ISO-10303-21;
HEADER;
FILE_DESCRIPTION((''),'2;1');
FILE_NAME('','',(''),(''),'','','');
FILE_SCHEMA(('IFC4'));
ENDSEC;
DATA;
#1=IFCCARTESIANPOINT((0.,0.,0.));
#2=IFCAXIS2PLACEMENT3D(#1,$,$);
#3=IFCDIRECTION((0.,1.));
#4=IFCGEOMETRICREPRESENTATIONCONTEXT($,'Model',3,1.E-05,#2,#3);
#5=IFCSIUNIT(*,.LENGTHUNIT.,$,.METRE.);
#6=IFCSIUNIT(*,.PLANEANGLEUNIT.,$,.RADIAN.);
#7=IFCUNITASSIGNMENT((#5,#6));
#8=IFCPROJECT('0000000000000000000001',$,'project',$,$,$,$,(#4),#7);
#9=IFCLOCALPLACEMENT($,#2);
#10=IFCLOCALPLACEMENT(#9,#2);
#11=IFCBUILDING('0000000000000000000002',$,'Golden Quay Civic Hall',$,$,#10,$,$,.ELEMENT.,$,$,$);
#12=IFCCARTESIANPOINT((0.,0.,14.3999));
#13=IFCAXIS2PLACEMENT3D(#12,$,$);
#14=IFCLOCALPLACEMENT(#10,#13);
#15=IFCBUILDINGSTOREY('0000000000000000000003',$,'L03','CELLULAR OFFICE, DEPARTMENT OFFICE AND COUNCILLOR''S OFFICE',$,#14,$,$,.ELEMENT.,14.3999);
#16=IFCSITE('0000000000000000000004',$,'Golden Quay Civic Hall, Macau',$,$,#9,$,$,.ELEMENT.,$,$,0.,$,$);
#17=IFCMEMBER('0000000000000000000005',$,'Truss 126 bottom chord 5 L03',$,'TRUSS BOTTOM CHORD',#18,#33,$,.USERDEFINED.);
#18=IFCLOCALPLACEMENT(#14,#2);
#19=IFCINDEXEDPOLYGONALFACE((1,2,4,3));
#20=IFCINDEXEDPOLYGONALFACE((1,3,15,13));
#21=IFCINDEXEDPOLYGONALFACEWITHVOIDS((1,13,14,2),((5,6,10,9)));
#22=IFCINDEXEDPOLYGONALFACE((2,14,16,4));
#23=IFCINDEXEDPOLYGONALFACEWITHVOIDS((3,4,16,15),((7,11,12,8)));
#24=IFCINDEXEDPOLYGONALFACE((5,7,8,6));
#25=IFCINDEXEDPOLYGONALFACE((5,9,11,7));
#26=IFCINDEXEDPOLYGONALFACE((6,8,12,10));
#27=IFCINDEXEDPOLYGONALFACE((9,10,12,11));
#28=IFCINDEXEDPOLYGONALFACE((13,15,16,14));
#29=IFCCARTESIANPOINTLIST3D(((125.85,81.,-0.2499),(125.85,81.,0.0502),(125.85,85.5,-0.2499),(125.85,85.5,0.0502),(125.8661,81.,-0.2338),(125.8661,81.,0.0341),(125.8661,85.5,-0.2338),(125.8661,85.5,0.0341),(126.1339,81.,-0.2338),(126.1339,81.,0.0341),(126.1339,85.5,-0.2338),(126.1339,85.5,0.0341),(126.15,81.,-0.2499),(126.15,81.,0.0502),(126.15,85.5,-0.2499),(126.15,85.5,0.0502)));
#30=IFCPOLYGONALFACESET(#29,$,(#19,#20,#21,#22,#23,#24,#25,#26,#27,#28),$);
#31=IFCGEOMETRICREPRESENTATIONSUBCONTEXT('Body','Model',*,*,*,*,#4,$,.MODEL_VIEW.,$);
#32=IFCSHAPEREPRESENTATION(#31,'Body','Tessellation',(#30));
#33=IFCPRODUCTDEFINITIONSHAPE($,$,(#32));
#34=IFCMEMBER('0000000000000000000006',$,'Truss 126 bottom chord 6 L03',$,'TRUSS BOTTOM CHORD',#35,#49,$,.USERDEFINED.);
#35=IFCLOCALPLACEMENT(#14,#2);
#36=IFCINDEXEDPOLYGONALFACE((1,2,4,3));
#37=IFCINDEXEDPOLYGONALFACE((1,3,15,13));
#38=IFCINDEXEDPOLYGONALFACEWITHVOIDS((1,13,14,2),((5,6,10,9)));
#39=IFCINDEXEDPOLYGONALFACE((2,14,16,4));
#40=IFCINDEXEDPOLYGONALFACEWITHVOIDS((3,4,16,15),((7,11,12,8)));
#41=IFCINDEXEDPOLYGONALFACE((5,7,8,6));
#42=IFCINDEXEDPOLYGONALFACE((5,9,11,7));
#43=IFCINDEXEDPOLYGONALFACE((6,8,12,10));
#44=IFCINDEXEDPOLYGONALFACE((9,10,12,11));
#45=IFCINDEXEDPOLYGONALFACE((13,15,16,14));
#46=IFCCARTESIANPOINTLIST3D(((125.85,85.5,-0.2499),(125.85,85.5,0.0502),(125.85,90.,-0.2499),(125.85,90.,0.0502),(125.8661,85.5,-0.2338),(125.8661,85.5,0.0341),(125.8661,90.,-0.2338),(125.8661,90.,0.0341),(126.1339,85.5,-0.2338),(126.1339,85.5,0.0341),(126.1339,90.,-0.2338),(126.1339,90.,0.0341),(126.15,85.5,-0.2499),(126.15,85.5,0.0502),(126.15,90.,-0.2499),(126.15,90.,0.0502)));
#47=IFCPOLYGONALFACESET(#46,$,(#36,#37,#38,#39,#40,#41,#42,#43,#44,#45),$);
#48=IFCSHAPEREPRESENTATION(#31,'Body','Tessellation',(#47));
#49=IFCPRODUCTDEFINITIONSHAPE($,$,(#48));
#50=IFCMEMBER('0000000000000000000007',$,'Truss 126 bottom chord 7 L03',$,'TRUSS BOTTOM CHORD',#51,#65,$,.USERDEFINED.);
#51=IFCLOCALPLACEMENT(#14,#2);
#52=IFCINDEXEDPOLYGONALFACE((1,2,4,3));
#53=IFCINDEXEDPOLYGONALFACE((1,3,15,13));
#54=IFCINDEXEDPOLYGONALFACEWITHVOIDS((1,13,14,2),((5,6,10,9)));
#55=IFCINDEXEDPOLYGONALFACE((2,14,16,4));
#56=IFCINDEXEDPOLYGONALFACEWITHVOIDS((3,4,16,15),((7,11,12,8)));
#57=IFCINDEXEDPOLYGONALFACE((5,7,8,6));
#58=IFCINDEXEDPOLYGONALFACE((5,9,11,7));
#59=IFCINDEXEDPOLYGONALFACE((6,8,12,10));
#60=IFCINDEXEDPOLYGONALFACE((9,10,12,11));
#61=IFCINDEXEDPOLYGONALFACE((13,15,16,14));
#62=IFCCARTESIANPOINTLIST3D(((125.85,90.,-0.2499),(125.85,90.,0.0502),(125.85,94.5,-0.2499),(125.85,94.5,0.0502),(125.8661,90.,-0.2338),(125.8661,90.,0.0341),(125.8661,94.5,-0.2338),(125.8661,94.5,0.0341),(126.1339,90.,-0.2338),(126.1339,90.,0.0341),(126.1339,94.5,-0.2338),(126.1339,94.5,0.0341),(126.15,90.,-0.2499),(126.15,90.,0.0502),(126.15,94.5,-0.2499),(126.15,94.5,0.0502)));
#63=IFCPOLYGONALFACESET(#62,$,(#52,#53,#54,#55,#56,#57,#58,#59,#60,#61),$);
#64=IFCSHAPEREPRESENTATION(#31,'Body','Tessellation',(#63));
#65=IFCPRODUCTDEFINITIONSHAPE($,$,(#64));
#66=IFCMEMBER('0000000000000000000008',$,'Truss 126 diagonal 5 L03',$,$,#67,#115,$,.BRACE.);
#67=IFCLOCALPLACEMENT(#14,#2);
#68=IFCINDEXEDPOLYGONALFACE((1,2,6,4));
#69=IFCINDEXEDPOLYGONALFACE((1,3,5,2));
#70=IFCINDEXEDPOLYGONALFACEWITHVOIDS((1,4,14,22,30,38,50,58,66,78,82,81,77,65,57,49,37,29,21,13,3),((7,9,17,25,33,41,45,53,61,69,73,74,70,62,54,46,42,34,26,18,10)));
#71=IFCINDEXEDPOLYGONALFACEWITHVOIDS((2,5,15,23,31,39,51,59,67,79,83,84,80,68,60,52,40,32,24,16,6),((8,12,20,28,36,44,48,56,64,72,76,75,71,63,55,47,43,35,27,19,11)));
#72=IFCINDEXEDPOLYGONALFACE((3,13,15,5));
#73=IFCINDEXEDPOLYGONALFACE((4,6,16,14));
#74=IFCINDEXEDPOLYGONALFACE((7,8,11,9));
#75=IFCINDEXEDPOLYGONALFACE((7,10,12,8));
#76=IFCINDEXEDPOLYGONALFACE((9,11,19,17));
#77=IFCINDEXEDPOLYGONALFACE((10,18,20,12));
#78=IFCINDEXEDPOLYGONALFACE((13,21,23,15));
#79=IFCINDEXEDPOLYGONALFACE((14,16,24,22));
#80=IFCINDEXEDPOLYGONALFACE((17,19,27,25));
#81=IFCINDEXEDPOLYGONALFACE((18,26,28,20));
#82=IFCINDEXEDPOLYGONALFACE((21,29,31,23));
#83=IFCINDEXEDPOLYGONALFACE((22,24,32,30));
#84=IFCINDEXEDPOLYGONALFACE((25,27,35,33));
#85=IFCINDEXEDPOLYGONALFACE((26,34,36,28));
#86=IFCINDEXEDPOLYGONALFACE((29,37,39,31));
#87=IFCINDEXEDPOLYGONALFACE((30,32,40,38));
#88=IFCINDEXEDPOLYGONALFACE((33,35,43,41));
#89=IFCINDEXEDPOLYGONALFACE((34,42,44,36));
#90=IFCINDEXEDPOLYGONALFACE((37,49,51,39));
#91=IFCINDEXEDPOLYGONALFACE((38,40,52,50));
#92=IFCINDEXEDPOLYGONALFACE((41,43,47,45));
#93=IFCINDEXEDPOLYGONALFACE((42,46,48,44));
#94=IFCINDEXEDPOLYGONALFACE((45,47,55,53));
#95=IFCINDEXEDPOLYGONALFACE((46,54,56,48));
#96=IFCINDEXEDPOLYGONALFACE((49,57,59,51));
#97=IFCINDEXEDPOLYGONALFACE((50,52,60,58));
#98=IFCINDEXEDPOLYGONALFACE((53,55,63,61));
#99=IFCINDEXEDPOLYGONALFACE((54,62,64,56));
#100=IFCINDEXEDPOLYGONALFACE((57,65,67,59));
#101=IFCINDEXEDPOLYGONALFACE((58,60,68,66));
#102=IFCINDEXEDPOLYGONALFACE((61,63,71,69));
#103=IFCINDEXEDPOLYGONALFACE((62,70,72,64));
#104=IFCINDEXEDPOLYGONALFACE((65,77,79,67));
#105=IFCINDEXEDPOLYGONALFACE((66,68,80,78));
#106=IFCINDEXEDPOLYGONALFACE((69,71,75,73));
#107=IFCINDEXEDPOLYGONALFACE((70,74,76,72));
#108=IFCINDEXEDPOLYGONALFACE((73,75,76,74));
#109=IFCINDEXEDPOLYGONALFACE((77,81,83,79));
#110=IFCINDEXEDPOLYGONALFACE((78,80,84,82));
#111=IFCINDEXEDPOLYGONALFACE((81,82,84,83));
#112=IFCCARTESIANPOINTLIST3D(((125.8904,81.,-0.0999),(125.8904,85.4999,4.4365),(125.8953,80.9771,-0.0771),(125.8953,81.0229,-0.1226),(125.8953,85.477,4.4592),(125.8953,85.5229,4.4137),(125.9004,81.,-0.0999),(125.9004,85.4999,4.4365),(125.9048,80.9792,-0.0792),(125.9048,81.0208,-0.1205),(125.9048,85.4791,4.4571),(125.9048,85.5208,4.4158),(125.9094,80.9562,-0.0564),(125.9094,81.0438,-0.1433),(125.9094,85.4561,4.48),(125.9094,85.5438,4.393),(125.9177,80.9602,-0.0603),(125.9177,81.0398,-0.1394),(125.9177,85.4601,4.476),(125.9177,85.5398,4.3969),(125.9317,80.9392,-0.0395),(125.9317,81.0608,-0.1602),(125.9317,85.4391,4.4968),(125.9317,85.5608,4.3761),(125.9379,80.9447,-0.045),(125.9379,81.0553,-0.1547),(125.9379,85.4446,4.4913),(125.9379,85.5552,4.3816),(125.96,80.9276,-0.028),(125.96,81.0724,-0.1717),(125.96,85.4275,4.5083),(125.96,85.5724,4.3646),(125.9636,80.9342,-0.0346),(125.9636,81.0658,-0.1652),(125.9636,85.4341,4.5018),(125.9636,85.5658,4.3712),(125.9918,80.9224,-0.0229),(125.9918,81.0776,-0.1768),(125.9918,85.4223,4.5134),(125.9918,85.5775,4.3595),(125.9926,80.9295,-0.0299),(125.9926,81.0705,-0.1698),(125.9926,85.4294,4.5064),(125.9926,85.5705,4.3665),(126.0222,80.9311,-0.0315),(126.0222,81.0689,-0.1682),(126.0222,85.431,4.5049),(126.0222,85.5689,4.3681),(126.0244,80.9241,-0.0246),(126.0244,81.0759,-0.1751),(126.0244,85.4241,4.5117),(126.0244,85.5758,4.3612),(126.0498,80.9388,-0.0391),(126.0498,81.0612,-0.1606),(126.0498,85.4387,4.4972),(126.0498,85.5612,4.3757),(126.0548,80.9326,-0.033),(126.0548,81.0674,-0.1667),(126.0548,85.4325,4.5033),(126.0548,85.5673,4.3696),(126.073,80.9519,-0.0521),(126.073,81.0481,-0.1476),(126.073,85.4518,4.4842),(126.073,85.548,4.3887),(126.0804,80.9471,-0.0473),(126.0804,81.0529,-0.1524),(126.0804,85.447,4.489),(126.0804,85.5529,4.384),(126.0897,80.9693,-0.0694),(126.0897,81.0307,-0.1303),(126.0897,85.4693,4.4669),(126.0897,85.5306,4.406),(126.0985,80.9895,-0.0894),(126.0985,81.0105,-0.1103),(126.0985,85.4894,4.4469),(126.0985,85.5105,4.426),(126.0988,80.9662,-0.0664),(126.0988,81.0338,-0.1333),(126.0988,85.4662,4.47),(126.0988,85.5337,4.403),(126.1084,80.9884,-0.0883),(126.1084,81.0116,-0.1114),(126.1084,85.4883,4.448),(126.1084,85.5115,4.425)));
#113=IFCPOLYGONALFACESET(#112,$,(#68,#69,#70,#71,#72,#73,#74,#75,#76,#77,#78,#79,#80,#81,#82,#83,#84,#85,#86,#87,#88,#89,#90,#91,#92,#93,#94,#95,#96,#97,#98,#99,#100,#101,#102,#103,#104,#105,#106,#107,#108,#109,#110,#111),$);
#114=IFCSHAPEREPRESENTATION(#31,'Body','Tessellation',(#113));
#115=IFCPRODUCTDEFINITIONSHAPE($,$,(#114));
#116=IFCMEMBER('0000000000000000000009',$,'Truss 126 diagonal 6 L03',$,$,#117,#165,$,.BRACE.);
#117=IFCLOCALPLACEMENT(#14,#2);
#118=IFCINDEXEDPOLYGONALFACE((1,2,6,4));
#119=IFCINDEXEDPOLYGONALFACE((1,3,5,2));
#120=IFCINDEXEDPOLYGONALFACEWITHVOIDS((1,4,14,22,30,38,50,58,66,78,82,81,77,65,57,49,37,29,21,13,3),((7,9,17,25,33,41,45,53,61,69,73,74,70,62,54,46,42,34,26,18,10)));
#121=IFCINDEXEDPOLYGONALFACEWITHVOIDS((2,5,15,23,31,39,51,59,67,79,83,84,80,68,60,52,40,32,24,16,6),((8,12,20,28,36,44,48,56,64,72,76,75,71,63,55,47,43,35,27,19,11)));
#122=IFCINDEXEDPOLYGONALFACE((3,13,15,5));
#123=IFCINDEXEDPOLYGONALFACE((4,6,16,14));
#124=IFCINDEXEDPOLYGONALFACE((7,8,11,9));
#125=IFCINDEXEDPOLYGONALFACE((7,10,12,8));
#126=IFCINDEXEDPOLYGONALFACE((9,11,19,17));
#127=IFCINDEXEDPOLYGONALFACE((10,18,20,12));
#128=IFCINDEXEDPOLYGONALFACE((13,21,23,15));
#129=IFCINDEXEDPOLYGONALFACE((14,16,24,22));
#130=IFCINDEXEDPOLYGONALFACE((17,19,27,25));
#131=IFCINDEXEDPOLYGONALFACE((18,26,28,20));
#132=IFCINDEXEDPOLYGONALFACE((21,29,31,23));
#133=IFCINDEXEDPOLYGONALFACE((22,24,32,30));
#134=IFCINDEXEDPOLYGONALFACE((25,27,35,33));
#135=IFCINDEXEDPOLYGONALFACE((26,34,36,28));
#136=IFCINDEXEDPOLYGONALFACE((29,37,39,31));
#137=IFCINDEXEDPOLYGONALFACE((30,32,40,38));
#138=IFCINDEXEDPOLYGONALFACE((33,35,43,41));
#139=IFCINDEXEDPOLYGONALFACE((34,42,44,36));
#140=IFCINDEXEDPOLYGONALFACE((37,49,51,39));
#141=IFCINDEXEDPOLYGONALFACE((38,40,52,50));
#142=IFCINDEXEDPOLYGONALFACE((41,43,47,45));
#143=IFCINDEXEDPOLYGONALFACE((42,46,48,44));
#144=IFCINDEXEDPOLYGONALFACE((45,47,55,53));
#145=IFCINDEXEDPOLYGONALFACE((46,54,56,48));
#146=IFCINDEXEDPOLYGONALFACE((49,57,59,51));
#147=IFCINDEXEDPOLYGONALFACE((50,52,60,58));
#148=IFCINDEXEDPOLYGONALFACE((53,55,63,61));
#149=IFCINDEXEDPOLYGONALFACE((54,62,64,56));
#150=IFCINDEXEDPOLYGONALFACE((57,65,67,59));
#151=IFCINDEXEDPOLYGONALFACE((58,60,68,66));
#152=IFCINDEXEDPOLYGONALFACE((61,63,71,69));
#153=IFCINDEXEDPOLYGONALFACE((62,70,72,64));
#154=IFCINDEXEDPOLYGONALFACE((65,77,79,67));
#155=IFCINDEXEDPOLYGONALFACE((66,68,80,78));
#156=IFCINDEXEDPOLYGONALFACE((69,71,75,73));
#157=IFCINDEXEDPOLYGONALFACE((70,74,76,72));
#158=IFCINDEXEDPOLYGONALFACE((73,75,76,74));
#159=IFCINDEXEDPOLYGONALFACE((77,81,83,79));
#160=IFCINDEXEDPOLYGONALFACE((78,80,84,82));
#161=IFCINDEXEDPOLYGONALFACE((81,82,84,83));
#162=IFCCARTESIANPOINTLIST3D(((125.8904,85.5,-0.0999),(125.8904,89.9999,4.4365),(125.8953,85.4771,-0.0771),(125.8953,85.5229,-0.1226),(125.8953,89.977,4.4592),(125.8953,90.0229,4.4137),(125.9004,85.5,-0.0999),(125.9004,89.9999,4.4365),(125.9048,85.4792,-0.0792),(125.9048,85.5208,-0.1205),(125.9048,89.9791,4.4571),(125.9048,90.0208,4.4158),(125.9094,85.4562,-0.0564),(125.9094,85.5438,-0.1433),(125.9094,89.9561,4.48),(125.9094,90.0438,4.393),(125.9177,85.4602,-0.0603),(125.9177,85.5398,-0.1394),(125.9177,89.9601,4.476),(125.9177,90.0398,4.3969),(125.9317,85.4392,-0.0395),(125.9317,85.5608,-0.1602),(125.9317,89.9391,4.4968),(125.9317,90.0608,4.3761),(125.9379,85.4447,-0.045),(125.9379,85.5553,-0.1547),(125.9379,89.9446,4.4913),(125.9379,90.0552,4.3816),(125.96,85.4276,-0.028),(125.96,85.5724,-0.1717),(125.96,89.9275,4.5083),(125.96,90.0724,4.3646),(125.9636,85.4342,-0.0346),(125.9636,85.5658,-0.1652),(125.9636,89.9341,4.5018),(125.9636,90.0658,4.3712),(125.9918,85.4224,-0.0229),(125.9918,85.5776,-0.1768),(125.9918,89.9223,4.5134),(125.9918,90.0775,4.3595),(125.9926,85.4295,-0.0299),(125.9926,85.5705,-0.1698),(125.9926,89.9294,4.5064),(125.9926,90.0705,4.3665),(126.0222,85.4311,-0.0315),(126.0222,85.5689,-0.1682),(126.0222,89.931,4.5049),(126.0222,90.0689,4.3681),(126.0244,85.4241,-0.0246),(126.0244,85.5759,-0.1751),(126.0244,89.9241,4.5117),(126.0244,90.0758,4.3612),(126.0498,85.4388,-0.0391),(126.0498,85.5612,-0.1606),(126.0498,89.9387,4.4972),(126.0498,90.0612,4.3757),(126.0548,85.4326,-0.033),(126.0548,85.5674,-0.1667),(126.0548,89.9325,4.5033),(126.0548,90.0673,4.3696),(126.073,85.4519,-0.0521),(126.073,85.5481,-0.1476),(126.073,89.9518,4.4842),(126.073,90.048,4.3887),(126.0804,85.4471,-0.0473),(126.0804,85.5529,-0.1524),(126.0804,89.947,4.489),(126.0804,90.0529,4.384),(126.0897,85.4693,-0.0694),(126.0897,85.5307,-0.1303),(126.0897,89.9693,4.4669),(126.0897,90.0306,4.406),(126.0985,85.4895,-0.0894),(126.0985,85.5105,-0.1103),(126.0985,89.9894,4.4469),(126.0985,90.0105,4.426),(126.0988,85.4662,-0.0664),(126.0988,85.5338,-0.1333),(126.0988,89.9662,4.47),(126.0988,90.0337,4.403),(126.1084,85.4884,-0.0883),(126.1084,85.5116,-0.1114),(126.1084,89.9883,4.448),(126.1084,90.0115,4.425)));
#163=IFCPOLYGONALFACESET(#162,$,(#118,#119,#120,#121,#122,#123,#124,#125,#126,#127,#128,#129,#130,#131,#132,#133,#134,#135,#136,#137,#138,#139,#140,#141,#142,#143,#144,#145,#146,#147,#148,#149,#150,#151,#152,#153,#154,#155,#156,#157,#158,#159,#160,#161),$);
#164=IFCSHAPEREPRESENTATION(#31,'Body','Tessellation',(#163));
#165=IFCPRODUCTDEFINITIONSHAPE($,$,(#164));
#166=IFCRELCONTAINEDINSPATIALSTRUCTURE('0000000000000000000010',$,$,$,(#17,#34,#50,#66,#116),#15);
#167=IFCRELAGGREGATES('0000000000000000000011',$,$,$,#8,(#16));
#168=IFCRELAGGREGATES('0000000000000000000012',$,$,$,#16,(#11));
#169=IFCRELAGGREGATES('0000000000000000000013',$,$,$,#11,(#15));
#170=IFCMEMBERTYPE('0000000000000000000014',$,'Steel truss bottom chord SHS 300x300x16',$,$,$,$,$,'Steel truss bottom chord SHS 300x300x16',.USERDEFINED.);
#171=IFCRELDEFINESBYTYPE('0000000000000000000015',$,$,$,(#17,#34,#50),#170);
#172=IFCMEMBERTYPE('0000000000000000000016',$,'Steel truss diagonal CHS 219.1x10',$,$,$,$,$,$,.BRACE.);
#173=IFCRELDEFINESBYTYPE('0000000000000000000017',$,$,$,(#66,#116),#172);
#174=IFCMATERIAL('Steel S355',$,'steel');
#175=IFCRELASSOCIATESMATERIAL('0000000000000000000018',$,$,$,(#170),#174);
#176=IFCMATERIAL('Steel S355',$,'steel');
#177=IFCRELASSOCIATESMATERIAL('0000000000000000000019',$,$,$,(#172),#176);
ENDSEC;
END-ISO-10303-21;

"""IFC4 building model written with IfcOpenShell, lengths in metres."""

from ifc_helpers import new_model, si_unit, direction, frame, origin, origin_2d, place, context, subcontext, project, spatial, hollow_rectangle, hollow_circle, extrude, material, material_profile, profile_set, type_object, element, save


model = new_model("IFC4")

# Units and contexts
model_context = context("Model", 3, precision=1e-05, world=origin(), true_north=direction((0.0, 1.0)))
body_context = subcontext(model_context, "Body", "Model", "MODEL_VIEW")
ifc_project = project(units=[si_unit("LENGTHUNIT", "METRE"), si_unit("PLANEANGLEUNIT", "RADIAN")], contexts=[model_context])

# Site, building, storey
site_placement = place(None, origin())
site = spatial("IfcSite", under=ifc_project, at=site_placement, Name="Golden Quay Civic Hall, Macau", CompositionType="ELEMENT", RefElevation=0.0)
building_placement = place(site_placement, origin())
building = spatial("IfcBuilding", under=site, at=building_placement, Name="Golden Quay Civic Hall", CompositionType="ELEMENT")
storey_placement = place(building_placement, frame((0.0, 0.0, 14.3999)))
storey = spatial("IfcBuildingStorey", under=building, at=storey_placement, Name="L03", Description="CELLULAR OFFICE, DEPARTMENT OFFICE AND COUNCILLOR'S OFFICE", CompositionType="ELEMENT", Elevation=14.3999)

# Members
ifc_material_1 = material(Name="Steel S355", Category="steel")
ifc_material_profile_1 = material_profile(ifc_material_1, hollow_rectangle(XDim=0.3, YDim=0.3, WallThickness=0.0161, at=origin_2d()), Name="SHS 300x300x16")
ifc_profile_set_1 = profile_set([ifc_material_profile_1], Name="Steel S355")
member_type_1 = type_object("IfcMemberType", Name="Steel truss bottom chord SHS 300x300x16", ElementType="Steel truss bottom chord SHS 300x300x16", PredefinedType="USERDEFINED", material=ifc_profile_set_1)
for number, where, z_axis, x_axis, name in (
    (1, (126.0, 81.0, -0.0999), (0.0, 1.0, 0.0), (-1.0, 0.0, 0.0), "Truss 126 bottom chord 5 L03"),
    (2, (126.0, 85.5, -0.0999), (0.0, 1.0, 0.0), (-1.0, 0.0, 0.0), "Truss 126 bottom chord 6 L03"),
    (3, (126.0, 90.0, -0.0999), (0.0, 1.0, 0.0), (-1.0, 0.0, 0.0), "Truss 126 bottom chord 7 L03"),
):
    element("IfcMember", number, at=place(storey_placement, frame(where, z_axis=z_axis, x_axis=x_axis)), inside=storey, type_object=member_type_1, Name=name, ObjectType="TRUSS BOTTOM CHORD", PredefinedType="USERDEFINED", context=body_context, shape_type="SweptSolid", body=[
        extrude(hollow_rectangle(XDim=0.3, YDim=0.3, WallThickness=0.0161, at=origin_2d()), origin(), (0.0, 0.0, 1.0), 4.5),
    ])
ifc_material_2 = material(Name="Steel S355", Category="steel")
ifc_material_profile_2 = material_profile(ifc_material_2, hollow_circle(Radius=0.1096, WallThickness=0.01, at=origin_2d()), Name="CHS 219.1x10")
ifc_profile_set_2 = profile_set([ifc_material_profile_2], Name="Steel S355")
member_type_2 = type_object("IfcMemberType", Name="Steel truss diagonal CHS 219.1x10", PredefinedType="BRACE", material=ifc_profile_set_2)
for number, where, z_axis, x_axis, name in (
    (4, (126.0, 81.0, -0.0999), (0.0, 0.704255, 0.709948), (-1.0, 0.0, 0.0), "Truss 126 diagonal 5 L03"),
    (5, (126.0, 85.5, -0.0999), (0.0, 0.704255, 0.709948), (-1.0, 0.0, 0.0), "Truss 126 diagonal 6 L03"),
):
    element("IfcMember", number, at=place(storey_placement, frame(where, z_axis=z_axis, x_axis=x_axis)), inside=storey, type_object=member_type_2, Name=name, PredefinedType="BRACE", context=body_context, shape_type="SweptSolid", body=[
        extrude(hollow_circle(Radius=0.1096, WallThickness=0.01, at=origin_2d()), origin(), (0.0, 0.0, 1.0), 6.3896),
    ])

save(model, "model.ifc")
